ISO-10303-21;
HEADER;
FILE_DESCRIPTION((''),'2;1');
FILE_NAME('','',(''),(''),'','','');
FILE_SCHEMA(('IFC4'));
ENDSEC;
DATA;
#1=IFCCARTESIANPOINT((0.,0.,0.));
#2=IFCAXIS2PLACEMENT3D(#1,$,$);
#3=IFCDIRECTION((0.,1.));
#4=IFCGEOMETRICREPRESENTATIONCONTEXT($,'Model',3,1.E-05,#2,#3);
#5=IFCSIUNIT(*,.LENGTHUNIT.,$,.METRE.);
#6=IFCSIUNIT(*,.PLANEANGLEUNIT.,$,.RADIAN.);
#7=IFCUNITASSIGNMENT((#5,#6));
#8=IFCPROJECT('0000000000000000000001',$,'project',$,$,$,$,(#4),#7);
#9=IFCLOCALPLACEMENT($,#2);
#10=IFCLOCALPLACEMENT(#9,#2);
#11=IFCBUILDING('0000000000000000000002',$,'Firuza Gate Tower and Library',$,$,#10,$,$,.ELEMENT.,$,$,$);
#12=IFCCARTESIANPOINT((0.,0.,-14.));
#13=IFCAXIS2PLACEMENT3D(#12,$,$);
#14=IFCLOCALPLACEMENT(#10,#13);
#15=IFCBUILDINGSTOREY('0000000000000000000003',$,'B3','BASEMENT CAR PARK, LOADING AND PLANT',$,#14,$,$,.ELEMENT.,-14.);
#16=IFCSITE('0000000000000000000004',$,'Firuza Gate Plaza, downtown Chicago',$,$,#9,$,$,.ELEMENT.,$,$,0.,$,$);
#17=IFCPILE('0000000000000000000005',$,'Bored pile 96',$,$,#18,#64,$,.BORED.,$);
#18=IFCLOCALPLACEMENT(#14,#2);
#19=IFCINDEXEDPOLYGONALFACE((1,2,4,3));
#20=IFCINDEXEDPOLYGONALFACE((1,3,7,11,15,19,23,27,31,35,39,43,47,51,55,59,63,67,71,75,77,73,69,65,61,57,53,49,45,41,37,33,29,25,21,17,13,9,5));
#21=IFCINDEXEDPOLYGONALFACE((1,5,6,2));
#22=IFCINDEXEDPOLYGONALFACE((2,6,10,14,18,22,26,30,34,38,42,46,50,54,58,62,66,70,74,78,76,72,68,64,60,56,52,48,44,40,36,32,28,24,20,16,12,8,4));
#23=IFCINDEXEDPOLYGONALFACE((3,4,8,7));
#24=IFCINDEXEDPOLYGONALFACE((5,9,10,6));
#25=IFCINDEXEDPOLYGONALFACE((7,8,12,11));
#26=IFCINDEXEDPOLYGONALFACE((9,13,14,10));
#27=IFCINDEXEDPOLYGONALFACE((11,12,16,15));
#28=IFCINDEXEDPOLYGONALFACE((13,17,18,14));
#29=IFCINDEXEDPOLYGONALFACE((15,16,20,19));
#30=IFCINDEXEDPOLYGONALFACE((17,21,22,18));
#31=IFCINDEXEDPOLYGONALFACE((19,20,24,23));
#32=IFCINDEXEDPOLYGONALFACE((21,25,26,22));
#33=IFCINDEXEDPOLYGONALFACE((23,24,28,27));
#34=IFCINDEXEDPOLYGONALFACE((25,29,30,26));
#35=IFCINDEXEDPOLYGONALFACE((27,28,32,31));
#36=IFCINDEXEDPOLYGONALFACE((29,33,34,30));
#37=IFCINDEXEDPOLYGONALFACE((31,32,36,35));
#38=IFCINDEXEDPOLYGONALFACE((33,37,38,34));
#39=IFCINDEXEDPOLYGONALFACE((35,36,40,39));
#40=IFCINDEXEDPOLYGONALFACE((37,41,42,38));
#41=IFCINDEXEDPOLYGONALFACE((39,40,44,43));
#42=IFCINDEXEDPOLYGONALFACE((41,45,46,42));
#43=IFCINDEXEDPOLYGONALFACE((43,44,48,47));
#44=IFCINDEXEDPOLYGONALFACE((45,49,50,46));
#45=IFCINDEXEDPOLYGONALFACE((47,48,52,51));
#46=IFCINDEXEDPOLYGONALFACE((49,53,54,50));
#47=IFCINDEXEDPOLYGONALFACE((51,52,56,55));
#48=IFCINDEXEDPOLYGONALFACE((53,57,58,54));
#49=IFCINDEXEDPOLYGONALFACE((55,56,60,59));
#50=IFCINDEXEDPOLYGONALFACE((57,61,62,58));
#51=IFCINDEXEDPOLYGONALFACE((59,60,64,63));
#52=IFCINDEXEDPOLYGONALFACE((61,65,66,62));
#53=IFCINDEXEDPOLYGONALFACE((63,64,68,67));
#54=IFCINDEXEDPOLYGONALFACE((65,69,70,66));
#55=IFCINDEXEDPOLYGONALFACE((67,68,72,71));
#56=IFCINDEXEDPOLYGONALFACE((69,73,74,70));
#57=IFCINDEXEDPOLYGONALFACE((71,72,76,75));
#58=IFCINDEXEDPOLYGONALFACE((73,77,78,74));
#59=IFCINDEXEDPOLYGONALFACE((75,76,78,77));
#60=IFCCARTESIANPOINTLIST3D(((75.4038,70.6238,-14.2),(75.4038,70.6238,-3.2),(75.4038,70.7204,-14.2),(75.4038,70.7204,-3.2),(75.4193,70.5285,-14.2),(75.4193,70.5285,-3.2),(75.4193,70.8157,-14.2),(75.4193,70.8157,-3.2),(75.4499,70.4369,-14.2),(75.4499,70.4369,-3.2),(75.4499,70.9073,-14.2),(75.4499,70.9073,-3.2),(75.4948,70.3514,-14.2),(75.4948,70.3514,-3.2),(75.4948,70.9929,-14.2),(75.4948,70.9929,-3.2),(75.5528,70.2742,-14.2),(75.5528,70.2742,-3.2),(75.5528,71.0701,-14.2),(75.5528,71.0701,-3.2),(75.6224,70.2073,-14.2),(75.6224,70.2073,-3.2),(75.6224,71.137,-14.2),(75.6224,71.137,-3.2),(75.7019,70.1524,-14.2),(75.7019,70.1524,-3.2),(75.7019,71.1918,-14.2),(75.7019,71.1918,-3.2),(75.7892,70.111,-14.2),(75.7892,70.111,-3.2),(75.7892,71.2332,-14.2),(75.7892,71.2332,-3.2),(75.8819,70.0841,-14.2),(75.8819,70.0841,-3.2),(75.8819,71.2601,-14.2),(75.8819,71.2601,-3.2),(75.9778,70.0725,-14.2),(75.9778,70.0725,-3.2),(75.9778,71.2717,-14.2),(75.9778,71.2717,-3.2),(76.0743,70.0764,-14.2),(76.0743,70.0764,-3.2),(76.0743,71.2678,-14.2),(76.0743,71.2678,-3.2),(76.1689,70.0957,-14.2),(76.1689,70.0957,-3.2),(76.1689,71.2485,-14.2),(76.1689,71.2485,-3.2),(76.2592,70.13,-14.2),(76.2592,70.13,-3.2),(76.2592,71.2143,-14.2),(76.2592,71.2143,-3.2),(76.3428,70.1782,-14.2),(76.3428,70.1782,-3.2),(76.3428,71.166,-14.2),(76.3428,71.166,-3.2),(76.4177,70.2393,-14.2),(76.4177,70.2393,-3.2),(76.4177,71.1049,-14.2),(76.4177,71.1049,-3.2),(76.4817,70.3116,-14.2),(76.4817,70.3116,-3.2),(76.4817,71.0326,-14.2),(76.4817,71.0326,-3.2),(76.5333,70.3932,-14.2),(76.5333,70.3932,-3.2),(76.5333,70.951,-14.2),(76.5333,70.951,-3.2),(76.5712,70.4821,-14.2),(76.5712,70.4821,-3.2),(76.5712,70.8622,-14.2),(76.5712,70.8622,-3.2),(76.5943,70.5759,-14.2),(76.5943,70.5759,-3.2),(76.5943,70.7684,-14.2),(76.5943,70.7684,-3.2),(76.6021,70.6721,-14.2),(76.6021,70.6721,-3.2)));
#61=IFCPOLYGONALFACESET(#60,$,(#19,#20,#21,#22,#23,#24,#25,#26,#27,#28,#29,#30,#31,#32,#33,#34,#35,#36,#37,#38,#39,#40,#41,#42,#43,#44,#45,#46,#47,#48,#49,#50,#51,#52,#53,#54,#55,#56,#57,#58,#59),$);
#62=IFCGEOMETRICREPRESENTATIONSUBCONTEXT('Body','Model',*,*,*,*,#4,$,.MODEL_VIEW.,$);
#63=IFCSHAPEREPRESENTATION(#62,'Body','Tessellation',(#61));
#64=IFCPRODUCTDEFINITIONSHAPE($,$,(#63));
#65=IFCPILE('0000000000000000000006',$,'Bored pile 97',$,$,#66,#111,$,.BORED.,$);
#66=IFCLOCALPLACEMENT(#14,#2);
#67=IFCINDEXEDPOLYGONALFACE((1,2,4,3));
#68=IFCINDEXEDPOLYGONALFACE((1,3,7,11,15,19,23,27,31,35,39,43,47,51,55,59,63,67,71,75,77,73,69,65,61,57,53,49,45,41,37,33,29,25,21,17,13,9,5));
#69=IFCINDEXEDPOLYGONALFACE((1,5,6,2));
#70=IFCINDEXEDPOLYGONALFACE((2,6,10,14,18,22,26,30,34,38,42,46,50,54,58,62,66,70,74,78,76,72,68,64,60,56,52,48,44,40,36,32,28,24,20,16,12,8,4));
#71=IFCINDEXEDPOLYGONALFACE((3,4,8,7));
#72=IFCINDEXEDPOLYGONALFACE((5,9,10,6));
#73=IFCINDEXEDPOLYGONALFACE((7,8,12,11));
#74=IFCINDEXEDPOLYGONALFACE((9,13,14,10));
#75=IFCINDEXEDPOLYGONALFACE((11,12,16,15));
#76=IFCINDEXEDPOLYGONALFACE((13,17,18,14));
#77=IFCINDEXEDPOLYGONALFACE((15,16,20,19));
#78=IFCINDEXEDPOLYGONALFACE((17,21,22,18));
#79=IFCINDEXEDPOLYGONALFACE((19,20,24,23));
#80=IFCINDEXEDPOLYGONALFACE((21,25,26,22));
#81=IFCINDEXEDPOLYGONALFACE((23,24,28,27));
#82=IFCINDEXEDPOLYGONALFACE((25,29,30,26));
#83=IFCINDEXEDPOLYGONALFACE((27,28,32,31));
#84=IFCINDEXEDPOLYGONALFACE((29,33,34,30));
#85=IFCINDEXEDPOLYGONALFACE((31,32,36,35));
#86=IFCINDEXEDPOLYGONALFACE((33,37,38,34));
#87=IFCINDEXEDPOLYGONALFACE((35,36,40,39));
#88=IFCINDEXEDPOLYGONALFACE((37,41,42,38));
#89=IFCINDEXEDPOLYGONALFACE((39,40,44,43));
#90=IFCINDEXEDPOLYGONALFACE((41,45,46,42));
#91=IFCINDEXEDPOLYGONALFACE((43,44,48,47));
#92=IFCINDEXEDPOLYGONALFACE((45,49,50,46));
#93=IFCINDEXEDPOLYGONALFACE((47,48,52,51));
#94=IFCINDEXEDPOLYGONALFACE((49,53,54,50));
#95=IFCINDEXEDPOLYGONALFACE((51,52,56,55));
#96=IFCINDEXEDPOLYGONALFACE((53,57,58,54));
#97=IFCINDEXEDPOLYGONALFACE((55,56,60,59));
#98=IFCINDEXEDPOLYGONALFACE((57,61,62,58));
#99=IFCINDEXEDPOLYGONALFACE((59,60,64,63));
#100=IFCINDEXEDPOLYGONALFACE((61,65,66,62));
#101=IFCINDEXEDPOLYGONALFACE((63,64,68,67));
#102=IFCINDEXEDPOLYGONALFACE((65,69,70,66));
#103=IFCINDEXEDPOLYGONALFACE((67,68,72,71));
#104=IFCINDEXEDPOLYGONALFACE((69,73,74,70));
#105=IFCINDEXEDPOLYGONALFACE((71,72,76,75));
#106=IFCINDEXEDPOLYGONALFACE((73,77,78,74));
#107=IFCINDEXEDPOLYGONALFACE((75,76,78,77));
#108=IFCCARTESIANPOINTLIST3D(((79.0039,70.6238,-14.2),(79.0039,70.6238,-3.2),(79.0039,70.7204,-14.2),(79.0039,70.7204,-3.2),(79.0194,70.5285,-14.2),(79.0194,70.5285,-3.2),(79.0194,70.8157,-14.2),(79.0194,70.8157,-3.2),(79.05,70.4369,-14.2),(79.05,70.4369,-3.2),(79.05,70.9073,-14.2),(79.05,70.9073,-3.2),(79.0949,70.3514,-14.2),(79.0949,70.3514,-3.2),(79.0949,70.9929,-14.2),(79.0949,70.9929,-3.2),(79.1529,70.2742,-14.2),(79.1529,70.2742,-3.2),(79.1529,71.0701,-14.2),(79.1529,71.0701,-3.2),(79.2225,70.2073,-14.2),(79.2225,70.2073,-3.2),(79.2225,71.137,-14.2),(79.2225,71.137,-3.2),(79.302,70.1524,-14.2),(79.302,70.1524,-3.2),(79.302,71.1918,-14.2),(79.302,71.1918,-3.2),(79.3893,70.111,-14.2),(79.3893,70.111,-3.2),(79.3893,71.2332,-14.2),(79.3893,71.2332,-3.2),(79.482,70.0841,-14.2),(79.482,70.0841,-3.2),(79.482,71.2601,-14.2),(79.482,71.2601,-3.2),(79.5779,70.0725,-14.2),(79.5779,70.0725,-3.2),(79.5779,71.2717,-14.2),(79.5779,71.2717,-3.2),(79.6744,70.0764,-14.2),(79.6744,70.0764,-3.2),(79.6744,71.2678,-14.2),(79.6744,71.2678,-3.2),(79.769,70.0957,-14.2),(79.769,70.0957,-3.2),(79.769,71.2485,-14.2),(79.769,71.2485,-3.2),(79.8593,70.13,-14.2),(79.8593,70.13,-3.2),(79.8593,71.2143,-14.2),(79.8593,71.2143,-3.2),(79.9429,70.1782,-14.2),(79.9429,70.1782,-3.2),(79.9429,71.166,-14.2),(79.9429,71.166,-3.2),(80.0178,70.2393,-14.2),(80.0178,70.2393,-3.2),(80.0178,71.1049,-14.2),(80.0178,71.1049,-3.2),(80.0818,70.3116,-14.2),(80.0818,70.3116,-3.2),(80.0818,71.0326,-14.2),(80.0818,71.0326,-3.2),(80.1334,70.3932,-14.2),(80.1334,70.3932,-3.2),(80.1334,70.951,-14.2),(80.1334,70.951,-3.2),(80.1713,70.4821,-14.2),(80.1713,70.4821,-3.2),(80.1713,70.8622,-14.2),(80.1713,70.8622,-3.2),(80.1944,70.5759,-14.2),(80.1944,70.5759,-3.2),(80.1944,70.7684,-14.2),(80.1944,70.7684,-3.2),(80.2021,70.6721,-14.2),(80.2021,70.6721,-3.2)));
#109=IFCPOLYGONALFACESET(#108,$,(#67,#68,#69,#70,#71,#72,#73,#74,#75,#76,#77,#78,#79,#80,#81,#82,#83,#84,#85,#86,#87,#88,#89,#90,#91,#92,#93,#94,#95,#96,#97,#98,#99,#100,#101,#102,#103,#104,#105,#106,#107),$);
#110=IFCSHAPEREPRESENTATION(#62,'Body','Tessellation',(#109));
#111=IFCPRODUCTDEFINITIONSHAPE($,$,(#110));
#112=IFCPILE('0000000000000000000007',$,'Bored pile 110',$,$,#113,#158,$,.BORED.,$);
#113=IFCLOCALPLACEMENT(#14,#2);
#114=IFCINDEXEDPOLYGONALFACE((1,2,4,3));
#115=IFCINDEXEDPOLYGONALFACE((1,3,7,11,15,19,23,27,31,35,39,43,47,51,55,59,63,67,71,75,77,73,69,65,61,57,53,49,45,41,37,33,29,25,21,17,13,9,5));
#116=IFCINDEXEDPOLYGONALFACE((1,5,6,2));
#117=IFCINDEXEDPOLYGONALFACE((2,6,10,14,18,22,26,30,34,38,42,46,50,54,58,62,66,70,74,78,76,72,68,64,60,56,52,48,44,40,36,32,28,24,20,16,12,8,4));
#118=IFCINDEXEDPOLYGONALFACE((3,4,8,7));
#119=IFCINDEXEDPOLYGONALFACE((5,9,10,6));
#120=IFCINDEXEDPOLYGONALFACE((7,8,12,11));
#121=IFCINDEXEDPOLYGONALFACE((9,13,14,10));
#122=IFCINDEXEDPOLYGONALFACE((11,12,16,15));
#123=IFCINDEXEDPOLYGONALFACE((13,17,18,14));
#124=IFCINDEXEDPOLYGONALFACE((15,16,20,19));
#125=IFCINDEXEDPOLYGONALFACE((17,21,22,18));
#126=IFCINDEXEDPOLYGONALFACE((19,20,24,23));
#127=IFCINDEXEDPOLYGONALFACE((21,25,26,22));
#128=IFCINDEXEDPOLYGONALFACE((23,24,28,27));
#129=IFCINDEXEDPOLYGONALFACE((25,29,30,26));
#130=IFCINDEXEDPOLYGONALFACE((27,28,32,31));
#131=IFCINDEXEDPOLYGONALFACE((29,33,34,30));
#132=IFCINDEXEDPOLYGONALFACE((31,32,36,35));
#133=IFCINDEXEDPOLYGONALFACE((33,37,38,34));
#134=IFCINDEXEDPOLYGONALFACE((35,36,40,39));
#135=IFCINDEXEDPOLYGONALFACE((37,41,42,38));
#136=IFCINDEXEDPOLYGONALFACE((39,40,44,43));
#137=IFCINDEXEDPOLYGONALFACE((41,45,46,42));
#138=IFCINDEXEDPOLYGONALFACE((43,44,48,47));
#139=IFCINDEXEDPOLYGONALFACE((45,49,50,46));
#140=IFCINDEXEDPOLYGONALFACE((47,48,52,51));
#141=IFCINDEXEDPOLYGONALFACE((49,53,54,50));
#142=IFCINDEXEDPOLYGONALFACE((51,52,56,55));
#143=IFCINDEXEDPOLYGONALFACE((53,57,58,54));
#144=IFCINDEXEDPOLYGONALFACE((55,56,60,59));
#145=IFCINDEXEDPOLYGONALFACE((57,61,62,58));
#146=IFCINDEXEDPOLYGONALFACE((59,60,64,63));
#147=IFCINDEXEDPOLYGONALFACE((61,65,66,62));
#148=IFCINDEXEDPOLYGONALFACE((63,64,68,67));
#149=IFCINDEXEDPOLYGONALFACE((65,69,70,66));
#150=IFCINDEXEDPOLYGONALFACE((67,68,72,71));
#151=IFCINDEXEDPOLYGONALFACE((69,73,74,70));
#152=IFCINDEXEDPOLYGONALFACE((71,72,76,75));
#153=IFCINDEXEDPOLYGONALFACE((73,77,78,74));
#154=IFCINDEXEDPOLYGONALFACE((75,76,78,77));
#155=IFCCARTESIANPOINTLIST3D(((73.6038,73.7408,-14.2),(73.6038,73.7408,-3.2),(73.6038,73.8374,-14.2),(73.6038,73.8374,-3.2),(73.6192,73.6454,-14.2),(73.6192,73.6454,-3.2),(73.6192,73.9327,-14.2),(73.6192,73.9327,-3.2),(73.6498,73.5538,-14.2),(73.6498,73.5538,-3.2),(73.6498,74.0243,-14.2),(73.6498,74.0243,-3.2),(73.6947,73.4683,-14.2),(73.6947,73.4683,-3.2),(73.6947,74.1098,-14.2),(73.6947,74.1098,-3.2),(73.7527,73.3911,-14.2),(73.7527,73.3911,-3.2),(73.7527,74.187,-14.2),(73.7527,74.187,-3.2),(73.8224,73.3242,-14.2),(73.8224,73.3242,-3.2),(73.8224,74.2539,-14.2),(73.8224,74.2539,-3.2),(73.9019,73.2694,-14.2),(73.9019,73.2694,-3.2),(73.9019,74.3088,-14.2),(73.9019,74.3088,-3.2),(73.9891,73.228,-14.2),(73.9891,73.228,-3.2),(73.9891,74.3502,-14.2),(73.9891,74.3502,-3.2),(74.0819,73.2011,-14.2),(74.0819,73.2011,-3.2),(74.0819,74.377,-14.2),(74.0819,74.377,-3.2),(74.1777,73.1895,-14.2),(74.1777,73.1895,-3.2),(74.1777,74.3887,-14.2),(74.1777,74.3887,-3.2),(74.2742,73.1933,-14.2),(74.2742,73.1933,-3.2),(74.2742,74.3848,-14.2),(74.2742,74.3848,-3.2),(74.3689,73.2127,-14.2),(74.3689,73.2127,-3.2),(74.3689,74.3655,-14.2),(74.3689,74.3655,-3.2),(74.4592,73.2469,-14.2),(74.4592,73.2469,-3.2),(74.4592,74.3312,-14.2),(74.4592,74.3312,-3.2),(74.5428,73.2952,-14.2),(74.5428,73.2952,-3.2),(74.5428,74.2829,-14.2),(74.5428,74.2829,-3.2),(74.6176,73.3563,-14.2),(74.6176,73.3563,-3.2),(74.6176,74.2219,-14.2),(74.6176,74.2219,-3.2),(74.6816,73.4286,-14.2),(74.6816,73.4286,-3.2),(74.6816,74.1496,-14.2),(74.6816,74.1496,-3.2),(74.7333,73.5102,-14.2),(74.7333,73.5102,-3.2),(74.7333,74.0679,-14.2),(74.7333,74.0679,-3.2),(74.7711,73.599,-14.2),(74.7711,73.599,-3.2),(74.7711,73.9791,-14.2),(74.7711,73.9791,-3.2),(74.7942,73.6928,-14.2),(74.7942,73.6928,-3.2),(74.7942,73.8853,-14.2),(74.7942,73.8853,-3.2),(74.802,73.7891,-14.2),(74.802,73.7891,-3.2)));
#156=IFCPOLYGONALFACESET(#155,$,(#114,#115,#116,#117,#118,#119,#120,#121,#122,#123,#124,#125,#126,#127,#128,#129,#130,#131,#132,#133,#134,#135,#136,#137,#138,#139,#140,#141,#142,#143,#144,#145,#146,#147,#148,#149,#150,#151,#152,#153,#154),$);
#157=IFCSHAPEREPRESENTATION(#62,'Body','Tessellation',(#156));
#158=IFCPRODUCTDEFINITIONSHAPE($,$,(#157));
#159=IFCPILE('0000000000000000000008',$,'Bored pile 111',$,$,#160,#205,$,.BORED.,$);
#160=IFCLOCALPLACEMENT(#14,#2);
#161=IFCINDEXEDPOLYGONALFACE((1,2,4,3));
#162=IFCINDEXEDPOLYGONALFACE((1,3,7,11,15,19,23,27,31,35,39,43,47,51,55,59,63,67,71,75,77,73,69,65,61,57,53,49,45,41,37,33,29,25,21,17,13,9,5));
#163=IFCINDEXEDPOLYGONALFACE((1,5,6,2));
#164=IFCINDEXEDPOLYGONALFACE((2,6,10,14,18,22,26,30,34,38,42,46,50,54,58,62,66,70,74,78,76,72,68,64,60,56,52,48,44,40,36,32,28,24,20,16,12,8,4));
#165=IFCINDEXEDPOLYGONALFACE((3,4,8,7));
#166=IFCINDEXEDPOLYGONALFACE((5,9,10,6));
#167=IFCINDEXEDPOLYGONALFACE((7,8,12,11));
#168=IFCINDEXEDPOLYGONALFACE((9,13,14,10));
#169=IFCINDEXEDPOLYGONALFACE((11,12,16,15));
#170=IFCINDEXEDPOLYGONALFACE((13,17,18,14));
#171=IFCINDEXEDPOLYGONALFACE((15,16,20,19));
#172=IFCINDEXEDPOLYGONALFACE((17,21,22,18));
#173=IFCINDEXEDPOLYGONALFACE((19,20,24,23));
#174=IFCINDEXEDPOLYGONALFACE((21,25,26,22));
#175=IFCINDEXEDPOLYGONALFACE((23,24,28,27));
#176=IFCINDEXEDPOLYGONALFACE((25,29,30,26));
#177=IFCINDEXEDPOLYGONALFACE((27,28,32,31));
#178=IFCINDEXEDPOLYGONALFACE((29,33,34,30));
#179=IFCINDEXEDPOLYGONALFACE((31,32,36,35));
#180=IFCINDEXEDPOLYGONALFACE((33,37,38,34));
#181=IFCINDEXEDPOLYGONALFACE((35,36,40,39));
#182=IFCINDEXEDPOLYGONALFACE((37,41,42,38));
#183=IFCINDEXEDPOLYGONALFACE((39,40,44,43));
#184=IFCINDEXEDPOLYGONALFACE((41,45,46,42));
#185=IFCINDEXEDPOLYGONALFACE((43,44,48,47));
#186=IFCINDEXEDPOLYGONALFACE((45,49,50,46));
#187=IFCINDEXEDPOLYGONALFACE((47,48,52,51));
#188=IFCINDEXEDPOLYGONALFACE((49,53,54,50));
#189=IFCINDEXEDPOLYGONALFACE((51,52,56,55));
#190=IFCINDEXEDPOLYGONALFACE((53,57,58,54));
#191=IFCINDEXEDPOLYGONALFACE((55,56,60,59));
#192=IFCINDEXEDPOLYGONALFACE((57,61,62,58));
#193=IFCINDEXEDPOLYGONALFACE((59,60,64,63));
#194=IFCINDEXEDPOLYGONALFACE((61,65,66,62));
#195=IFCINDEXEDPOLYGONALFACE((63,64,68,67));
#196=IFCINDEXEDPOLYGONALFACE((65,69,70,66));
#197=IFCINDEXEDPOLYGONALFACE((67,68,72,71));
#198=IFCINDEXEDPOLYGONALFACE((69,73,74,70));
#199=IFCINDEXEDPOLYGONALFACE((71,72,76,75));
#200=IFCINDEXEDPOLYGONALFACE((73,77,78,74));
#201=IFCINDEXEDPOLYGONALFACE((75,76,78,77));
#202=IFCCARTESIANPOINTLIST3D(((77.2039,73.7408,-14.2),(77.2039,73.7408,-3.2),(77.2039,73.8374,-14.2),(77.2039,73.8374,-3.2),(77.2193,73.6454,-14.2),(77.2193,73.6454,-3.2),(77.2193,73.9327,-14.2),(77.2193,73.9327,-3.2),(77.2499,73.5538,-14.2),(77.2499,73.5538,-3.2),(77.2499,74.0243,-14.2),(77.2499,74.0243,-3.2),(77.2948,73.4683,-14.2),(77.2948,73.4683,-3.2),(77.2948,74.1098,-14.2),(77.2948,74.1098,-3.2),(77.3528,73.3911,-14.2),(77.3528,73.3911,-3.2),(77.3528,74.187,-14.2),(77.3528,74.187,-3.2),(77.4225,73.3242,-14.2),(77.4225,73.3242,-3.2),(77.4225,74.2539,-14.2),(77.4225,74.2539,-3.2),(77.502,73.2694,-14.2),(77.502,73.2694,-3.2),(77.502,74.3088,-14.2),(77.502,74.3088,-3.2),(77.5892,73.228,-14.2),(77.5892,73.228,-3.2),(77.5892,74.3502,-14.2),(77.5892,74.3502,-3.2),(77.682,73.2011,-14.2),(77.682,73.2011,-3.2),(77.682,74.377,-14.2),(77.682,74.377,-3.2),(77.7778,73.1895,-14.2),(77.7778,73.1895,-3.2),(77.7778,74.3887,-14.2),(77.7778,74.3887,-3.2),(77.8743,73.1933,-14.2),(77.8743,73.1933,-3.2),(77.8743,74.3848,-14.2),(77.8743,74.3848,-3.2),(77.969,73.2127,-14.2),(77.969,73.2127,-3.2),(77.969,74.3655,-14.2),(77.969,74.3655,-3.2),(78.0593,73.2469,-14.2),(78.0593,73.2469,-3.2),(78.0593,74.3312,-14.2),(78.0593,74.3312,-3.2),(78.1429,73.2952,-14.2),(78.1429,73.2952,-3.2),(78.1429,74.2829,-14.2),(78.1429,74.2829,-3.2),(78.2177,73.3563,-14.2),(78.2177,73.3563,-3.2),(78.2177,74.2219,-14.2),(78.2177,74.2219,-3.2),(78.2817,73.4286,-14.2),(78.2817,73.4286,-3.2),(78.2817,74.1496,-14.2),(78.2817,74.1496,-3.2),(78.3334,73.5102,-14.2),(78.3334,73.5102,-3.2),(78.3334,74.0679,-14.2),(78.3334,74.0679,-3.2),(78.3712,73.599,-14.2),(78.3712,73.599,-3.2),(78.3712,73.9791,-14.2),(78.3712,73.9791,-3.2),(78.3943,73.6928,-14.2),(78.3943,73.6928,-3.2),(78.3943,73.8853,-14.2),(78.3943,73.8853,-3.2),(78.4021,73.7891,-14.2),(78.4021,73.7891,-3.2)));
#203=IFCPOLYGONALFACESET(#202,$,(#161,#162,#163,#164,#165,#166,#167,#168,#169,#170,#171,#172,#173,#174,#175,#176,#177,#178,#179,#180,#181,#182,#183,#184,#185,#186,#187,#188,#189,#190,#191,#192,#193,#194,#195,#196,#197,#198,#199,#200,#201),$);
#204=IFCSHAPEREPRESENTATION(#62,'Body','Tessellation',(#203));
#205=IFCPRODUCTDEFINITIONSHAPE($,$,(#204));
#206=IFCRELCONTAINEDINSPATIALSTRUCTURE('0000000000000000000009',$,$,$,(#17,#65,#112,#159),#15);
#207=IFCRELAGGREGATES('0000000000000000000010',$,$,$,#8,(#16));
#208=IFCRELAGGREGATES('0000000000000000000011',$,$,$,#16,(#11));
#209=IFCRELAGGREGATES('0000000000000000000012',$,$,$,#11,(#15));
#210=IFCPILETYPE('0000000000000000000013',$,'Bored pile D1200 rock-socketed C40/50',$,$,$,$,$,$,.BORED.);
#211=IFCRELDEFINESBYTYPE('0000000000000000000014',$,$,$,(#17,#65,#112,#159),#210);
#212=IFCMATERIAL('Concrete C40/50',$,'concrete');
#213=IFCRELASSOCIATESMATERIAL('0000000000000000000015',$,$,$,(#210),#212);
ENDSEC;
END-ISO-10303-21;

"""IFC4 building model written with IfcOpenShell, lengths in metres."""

from ifc_helpers import new_model, si_unit, direction, frame, origin, origin_2d, place, context, subcontext, project, spatial, circle, extrude, material, material_profile, profile_set, type_object, element, save


model = new_model("IFC4")

# Units and contexts
model_context = context("Model", 3, precision=1e-05, world=origin(), true_north=direction((0.0, 1.0)))
body_context = subcontext(model_context, "Body", "Model", "MODEL_VIEW")
ifc_project = project(units=[si_unit("LENGTHUNIT", "METRE"), si_unit("PLANEANGLEUNIT", "RADIAN")], contexts=[model_context])

# Site, building, storey
site_placement = place(None, origin())
site = spatial("IfcSite", under=ifc_project, at=site_placement, Name="Firuza Gate Plaza, downtown Chicago", CompositionType="ELEMENT", RefElevation=0.0)
building_placement = place(site_placement, origin())
building = spatial("IfcBuilding", under=site, at=building_placement, Name="Firuza Gate Tower and Library", CompositionType="ELEMENT")
storey_placement = place(building_placement, frame((0.0, 0.0, -14.0)))
storey = spatial("IfcBuildingStorey", under=building, at=storey_placement, Name="B3", Description="BASEMENT CAR PARK, LOADING AND PLANT", CompositionType="ELEMENT", Elevation=-14.0)

# Piles
ifc_material_1 = material(Name="Concrete C40/50", Category="concrete")
ifc_material_profile_1 = material_profile(ifc_material_1, circle(Radius=0.6001, at=origin_2d()))
ifc_profile_set_1 = profile_set([ifc_material_profile_1], Name="Concrete C40/50")
pile_type = type_object("IfcPileType", Name="Bored pile D1200 rock-socketed C40/50", PredefinedType="BORED", material=ifc_profile_set_1)
for number, where, z_axis, x_axis, name in (
    (1, (76.002, 70.6721, -3.2), (0.0, 0.0, -1.0), (1.0, 0.0, 0.0), "Bored pile 96"),
    (2, (79.6021, 70.6721, -3.2), (0.0, 0.0, -1.0), (1.0, 0.0, 0.0), "Bored pile 97"),
    (3, (74.2019, 73.7891, -3.2), (0.0, 0.0, -1.0), (1.0, 0.0, 0.0), "Bored pile 110"),
    (4, (77.802, 73.7891, -3.2), (0.0, 0.0, -1.0), (1.0, 0.0, 0.0), "Bored pile 111"),
):
    element("IfcPile", number, at=place(storey_placement, frame(where, z_axis=z_axis, x_axis=x_axis)), inside=storey, type_object=pile_type, Name=name, PredefinedType="BORED", context=body_context, shape_type="SweptSolid", body=[
        extrude(circle(Radius=0.6001, at=origin_2d()), origin(), (0.0, 0.0, 1.0), 11.0),
    ])

save(model, "model.ifc")
